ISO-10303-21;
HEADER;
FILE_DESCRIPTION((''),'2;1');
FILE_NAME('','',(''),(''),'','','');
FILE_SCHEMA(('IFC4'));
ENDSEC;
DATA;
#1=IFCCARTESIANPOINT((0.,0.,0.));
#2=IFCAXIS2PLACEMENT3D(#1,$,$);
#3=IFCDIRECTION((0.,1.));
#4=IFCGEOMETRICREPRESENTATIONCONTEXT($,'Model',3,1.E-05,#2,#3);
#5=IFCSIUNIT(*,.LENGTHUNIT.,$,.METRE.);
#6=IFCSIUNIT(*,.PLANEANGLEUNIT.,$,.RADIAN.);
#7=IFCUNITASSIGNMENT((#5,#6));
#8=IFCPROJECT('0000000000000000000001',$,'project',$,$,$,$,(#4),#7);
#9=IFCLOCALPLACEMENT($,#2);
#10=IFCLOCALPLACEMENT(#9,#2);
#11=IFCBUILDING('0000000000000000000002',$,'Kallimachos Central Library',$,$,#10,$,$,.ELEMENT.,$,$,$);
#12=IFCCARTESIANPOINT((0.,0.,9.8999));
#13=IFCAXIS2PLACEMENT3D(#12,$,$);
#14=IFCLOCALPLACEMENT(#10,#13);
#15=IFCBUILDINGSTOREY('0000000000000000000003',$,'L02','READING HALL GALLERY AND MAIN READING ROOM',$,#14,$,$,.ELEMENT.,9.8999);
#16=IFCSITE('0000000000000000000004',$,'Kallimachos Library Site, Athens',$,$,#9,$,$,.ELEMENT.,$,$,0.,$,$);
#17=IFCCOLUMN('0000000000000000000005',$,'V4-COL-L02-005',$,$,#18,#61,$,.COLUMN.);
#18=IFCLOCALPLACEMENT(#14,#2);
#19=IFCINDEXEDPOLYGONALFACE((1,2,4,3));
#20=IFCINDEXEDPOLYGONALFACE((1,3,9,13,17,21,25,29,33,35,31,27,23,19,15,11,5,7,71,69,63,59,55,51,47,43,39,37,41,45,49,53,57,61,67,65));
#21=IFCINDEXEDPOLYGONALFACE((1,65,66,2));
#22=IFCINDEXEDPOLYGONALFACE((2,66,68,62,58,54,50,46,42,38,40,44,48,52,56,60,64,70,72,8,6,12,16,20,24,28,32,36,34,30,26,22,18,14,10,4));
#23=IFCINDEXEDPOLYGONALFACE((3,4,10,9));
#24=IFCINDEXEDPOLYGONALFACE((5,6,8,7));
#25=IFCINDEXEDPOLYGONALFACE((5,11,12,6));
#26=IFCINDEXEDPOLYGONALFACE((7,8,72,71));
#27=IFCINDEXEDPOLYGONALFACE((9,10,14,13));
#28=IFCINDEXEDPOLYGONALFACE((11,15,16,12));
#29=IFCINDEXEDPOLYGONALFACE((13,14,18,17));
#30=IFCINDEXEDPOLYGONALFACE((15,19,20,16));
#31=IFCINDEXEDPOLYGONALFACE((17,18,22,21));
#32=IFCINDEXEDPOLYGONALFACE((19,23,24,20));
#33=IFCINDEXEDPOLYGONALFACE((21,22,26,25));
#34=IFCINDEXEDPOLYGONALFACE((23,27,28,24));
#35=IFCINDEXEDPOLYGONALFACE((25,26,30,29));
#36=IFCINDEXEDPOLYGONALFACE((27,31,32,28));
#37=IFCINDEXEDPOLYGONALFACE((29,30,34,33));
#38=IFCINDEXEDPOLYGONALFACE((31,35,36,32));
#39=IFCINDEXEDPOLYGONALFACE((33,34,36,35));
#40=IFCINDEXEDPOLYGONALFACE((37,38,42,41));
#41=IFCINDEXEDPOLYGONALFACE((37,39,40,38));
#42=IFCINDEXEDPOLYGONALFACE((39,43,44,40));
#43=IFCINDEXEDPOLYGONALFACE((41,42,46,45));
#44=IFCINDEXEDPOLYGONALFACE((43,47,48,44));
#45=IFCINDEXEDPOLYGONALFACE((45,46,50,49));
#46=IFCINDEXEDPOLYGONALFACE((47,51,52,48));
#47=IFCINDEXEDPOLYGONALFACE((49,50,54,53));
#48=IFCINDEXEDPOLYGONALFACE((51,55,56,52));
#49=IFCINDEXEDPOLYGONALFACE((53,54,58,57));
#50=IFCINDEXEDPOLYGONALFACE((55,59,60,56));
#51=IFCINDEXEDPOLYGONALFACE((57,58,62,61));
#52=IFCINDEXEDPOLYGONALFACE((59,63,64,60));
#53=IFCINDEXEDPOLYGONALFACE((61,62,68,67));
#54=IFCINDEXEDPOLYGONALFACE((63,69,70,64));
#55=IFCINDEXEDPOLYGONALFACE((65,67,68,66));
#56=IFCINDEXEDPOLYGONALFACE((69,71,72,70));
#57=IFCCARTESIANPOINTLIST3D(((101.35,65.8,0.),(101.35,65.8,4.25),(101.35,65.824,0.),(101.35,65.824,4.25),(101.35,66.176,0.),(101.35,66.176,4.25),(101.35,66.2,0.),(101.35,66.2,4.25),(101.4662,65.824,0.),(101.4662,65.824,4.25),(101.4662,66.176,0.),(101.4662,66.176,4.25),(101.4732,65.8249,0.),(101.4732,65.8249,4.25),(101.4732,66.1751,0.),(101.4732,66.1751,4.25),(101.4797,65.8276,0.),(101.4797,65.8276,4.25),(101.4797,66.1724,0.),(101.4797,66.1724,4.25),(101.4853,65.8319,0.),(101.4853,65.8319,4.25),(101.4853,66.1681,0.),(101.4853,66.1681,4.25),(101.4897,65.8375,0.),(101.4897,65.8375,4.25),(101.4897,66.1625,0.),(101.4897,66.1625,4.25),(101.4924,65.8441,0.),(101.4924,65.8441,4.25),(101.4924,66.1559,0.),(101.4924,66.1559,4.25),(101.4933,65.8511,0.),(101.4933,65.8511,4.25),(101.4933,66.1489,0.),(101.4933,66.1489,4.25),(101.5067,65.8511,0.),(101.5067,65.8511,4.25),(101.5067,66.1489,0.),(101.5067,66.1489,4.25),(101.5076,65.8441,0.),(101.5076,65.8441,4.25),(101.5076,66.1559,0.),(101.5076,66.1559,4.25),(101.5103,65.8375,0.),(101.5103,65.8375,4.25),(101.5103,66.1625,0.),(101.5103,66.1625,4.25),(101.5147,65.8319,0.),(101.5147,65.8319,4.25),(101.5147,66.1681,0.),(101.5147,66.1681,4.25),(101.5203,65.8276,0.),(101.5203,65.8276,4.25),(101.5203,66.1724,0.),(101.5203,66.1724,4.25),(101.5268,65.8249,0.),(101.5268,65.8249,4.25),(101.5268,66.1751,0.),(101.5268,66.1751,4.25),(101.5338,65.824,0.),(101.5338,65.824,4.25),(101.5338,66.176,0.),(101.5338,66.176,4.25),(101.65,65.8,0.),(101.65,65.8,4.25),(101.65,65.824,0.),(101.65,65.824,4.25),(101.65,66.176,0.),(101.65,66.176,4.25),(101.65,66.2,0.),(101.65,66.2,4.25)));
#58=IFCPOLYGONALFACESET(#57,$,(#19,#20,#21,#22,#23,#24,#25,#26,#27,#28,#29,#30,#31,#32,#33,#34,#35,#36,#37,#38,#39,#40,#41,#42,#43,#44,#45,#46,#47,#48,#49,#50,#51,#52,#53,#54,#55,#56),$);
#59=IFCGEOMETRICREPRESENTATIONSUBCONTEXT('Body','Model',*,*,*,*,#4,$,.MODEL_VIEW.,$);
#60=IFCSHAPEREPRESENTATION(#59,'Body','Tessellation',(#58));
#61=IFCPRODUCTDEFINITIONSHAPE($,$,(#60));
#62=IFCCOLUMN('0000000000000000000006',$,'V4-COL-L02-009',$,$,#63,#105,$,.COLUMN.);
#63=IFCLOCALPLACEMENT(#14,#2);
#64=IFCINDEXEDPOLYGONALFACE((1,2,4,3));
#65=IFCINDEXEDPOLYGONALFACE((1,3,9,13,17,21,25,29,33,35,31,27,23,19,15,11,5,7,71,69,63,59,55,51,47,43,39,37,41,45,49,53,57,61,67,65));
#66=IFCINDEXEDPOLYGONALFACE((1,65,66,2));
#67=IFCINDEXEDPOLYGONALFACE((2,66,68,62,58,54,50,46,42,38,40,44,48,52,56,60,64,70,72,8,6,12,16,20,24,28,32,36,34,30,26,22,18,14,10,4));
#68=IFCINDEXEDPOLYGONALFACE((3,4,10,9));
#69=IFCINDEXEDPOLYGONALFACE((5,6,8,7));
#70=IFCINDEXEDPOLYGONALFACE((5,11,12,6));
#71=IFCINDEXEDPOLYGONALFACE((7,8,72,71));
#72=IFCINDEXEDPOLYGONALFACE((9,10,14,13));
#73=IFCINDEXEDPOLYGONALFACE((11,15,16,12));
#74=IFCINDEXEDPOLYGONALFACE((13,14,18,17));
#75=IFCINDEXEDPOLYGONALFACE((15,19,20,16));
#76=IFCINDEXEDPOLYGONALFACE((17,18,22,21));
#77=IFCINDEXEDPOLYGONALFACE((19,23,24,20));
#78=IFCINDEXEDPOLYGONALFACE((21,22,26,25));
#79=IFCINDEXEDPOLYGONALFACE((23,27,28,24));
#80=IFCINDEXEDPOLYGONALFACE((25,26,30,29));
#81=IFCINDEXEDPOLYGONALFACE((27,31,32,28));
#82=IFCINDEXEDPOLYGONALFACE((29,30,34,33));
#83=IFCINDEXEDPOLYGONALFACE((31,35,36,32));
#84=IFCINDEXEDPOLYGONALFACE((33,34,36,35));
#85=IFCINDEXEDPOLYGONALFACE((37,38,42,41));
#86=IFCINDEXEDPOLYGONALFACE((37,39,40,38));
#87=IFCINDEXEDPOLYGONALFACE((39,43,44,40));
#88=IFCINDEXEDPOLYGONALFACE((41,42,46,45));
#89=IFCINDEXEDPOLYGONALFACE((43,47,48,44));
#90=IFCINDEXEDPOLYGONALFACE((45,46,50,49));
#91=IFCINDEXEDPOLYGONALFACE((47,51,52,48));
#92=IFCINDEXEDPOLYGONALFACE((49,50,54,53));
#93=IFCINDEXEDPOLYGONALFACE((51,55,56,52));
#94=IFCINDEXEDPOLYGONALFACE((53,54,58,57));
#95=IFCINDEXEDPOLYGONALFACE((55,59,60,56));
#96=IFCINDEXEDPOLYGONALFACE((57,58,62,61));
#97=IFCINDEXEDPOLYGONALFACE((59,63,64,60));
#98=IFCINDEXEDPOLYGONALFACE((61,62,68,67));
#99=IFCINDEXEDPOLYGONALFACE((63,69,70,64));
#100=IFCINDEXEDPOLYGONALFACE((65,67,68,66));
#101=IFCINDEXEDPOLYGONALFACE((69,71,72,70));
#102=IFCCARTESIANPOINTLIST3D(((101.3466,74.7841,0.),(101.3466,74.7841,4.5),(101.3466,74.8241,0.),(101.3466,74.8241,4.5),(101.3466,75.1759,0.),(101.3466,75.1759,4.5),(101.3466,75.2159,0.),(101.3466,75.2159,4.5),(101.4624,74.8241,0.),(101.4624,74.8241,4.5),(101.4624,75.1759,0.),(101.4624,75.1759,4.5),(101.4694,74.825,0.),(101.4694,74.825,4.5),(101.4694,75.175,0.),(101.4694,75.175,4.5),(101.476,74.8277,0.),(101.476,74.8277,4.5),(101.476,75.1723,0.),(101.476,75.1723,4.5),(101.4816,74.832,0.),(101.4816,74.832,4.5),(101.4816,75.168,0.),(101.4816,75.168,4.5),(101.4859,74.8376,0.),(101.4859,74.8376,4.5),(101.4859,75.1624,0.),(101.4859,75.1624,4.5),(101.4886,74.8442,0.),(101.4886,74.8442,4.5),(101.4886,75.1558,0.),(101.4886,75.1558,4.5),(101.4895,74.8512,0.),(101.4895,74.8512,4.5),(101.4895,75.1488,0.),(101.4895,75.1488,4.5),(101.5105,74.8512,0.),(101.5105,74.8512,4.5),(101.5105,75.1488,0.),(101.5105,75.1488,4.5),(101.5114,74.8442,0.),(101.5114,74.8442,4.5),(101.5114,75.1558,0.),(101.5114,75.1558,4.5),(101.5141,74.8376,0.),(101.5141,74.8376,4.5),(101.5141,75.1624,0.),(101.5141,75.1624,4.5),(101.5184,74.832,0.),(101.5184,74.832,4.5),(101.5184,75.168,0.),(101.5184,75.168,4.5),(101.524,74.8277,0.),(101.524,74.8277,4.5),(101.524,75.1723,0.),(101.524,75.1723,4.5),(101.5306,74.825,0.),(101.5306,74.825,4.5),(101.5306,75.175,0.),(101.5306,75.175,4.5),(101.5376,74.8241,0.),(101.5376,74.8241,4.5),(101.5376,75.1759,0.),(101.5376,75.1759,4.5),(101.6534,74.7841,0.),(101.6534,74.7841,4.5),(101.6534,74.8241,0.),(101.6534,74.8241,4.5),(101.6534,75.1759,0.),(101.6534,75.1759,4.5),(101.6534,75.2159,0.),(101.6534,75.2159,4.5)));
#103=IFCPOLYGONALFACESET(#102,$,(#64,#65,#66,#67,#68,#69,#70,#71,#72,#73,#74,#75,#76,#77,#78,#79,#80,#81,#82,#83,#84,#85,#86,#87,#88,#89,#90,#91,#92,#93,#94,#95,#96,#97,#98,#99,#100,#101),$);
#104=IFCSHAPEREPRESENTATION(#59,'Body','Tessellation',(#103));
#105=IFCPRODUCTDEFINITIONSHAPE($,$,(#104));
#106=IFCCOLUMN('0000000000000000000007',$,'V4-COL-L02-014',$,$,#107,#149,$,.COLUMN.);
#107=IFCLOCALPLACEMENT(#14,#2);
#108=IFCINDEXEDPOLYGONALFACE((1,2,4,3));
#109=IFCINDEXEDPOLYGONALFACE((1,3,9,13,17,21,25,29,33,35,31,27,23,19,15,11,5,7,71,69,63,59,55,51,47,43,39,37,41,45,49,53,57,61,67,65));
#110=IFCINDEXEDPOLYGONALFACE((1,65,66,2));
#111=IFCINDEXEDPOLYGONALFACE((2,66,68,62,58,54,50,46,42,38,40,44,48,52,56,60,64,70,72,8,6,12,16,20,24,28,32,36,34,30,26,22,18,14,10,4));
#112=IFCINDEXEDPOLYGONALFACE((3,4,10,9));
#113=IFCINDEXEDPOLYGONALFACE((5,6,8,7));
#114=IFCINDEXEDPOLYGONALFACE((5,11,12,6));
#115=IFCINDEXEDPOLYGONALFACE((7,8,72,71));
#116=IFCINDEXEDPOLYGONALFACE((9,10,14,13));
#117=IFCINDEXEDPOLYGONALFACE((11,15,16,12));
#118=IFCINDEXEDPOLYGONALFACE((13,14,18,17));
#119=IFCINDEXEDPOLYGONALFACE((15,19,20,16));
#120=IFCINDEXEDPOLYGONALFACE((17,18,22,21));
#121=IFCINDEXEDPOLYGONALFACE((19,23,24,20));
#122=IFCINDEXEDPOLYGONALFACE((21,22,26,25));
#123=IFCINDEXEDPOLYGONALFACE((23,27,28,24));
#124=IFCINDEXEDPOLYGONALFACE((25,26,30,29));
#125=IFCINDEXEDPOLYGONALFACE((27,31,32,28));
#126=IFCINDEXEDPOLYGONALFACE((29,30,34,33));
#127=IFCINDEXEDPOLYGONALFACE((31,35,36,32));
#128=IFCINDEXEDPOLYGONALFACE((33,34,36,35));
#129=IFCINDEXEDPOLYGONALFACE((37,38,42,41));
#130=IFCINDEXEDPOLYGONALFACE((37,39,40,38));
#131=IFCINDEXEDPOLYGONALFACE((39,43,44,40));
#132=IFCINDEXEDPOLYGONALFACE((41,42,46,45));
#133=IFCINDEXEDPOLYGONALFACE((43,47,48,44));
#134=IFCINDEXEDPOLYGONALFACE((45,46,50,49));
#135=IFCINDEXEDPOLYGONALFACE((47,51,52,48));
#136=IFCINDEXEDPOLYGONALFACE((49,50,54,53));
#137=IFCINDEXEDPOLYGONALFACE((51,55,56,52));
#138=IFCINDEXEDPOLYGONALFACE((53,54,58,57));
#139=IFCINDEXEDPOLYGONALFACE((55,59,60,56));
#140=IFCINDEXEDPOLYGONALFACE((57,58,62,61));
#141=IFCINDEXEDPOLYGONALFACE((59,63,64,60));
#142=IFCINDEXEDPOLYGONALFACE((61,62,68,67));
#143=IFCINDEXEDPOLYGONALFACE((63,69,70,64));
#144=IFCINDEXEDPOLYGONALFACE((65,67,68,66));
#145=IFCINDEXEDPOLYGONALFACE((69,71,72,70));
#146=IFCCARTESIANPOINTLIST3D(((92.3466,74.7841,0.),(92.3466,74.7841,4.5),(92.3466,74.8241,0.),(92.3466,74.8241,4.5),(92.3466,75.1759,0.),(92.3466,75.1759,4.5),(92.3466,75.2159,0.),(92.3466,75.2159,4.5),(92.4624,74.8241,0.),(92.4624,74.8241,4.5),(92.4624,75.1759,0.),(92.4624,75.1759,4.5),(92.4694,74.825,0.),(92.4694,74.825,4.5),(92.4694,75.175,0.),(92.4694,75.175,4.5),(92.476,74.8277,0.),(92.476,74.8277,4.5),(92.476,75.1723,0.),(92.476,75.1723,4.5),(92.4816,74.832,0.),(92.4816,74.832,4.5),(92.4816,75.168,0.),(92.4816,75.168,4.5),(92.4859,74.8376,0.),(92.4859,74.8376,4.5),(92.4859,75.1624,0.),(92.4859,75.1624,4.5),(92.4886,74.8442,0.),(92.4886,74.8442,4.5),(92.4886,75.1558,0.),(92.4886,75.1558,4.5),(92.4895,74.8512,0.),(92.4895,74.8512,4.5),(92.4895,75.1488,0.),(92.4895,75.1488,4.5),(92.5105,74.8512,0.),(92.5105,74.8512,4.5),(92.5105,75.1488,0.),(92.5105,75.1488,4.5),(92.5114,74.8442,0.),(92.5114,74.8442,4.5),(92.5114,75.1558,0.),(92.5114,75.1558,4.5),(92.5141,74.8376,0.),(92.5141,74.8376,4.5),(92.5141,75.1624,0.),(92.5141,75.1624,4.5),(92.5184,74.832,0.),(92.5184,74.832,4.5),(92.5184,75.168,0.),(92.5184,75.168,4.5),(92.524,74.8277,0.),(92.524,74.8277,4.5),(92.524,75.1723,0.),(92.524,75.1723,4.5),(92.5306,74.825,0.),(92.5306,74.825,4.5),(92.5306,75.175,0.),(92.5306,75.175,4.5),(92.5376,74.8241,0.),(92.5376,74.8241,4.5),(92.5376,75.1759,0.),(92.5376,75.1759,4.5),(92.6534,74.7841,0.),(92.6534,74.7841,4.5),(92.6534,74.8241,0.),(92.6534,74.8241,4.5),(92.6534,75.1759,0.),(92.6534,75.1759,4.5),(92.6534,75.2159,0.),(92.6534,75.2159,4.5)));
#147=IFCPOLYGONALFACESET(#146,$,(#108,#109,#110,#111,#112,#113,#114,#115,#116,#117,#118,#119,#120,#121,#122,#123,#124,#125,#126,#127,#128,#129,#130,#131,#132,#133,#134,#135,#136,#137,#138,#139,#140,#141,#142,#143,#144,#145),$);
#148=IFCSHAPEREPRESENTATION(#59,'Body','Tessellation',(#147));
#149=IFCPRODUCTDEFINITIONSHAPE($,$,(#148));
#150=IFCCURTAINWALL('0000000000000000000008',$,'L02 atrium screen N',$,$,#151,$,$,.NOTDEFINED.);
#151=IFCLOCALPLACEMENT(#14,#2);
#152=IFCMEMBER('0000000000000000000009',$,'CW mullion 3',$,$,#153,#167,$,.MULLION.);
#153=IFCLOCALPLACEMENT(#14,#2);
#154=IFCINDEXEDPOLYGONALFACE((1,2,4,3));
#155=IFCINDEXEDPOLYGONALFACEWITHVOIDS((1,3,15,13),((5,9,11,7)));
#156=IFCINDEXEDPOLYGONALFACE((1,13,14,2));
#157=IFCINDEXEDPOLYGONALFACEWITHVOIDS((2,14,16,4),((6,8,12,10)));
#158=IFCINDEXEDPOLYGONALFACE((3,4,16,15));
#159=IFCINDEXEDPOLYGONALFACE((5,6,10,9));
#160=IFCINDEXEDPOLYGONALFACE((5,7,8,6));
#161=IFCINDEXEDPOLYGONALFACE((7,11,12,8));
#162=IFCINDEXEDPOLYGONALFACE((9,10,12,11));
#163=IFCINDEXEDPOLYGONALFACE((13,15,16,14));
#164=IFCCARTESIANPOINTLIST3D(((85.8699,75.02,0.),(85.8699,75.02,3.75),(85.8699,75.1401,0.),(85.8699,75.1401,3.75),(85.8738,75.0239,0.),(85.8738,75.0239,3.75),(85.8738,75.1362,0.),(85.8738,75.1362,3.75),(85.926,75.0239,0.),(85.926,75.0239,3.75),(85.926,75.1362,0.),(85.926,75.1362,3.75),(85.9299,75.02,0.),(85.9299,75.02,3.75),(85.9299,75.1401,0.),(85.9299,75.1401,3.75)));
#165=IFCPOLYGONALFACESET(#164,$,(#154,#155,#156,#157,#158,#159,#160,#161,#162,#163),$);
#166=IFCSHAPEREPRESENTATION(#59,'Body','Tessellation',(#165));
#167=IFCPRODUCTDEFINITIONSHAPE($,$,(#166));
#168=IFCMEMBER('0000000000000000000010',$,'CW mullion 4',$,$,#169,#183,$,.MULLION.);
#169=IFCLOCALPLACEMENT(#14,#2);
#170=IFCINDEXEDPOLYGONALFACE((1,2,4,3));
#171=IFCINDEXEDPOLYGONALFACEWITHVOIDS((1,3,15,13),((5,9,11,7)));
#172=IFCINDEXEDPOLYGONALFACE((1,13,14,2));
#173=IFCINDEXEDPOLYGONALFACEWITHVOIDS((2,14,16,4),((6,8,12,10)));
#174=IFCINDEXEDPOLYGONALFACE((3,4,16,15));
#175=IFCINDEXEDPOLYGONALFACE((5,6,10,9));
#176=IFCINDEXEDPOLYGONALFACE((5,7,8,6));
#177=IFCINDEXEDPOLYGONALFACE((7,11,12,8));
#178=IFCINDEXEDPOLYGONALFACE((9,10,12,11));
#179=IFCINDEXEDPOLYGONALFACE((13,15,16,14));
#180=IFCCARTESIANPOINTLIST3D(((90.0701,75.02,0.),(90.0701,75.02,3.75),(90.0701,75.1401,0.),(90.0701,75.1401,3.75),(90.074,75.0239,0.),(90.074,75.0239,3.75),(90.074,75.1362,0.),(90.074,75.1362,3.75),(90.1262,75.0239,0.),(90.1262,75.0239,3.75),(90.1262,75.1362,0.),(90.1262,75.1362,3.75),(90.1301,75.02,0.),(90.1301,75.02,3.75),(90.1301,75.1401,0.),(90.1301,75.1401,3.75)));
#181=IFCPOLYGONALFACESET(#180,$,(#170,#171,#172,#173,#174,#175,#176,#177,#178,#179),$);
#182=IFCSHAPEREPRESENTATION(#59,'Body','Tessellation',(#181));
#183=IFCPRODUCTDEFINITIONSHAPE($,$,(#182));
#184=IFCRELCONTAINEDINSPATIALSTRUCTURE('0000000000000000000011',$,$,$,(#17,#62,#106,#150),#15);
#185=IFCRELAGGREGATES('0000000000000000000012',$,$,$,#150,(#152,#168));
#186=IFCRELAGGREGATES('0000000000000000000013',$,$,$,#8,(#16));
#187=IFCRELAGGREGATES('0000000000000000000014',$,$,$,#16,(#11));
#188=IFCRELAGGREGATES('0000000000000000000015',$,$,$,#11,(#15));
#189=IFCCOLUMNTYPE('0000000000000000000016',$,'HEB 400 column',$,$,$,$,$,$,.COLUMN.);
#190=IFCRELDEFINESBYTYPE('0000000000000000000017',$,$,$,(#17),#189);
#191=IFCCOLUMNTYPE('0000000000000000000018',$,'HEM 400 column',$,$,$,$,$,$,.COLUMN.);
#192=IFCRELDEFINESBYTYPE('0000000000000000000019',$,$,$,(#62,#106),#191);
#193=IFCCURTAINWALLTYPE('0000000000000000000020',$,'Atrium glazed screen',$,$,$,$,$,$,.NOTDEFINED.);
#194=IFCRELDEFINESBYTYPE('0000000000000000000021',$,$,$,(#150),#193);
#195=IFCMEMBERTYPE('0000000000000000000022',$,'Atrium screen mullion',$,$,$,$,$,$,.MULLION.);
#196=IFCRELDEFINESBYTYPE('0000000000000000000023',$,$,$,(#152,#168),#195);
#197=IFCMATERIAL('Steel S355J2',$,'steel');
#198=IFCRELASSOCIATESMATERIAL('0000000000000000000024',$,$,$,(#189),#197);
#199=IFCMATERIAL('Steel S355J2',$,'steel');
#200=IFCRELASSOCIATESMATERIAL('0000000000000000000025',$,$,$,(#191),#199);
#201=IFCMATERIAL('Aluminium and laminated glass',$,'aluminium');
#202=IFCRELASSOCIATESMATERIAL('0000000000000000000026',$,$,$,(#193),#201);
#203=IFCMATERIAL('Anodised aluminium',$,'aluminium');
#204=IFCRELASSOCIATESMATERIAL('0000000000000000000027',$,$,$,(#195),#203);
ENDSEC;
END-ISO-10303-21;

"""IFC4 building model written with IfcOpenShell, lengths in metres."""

from ifc_helpers import new_model, si_unit, direction, frame, origin, origin_2d, place, context, subcontext, project, spatial, hollow_rectangle, i_section, extrude, material, material_profile, profile_set, type_object, element, aggregate, save


model = new_model("IFC4")

# Units and contexts
model_context = context("Model", 3, precision=1e-05, world=origin(), true_north=direction((0.0, 1.0)))
body_context = subcontext(model_context, "Body", "Model", "MODEL_VIEW")
ifc_project = project(units=[si_unit("LENGTHUNIT", "METRE"), si_unit("PLANEANGLEUNIT", "RADIAN")], contexts=[model_context])

# Site, building, storey
site_placement = place(None, origin())
site = spatial("IfcSite", under=ifc_project, at=site_placement, Name="Kallimachos Library Site, Athens", CompositionType="ELEMENT", RefElevation=0.0)
building_placement = place(site_placement, origin())
building = spatial("IfcBuilding", under=site, at=building_placement, Name="Kallimachos Central Library", CompositionType="ELEMENT")
storey_placement = place(building_placement, frame((0.0, 0.0, 9.8999)))
storey = spatial("IfcBuildingStorey", under=building, at=storey_placement, Name="L02", Description="READING HALL GALLERY AND MAIN READING ROOM", CompositionType="ELEMENT", Elevation=9.8999)

# Columns
ifc_material_1 = material(Name="Steel S355J2", Category="steel")
ifc_material_profile_1 = material_profile(ifc_material_1, i_section(OverallWidth=0.3, OverallDepth=0.3999, WebThickness=0.0134, FlangeThickness=0.0239, FilletRadius=0.0271, at=origin_2d()), Name="HEB 400")
ifc_profile_set_1 = profile_set([ifc_material_profile_1], Name="Steel S355J2")
column_type_1 = type_object("IfcColumnType", Name="HEB 400 column", PredefinedType="COLUMN", material=ifc_profile_set_1)
column_placement = place(storey_placement, frame((101.5, 66.0, 0.0), z_axis=(0.0, 0.0, 1.0), x_axis=(1.0, 0.0, 0.0)))
element("IfcColumn", 1, at=column_placement, inside=storey, type_object=column_type_1, Name="V4-COL-L02-005", PredefinedType="COLUMN", context=body_context, shape_type="SweptSolid", body=[
    extrude(i_section(OverallWidth=0.3, OverallDepth=0.3999, WebThickness=0.0134, FlangeThickness=0.0239, FilletRadius=0.0271, at=origin_2d()), origin(), (0.0, 0.0, 1.0), 4.25),
])
ifc_material_2 = material(Name="Steel S355J2", Category="steel")
ifc_material_profile_2 = material_profile(ifc_material_2, i_section(OverallWidth=0.3069, OverallDepth=0.4319, WebThickness=0.021, FlangeThickness=0.04, FilletRadius=0.0271, at=origin_2d()), Name="HEM 400")
ifc_profile_set_2 = profile_set([ifc_material_profile_2], Name="Steel S355J2")
column_type_2 = type_object("IfcColumnType", Name="HEM 400 column", PredefinedType="COLUMN", material=ifc_profile_set_2)
for number, where, z_axis, x_axis, name in (
    (2, (101.5, 75.0, 0.0), (0.0, 0.0, 1.0), (1.0, 0.0, 0.0), "V4-COL-L02-009"),
    (3, (92.5, 75.0, 0.0), (0.0, 0.0, 1.0), (1.0, 0.0, 0.0), "V4-COL-L02-014"),
):
    element("IfcColumn", number, at=place(storey_placement, frame(where, z_axis=z_axis, x_axis=x_axis)), inside=storey, type_object=column_type_2, Name=name, PredefinedType="COLUMN", context=body_context, shape_type="SweptSolid", body=[
        extrude(i_section(OverallWidth=0.3069, OverallDepth=0.4319, WebThickness=0.021, FlangeThickness=0.04, FilletRadius=0.0271, at=origin_2d()), origin(), (0.0, 0.0, 1.0), 4.5),
    ])

# Curtain wall, members
ifc_material_3 = material(Name="Aluminium and laminated glass", Category="aluminium")
curtain_wall_type = type_object("IfcCurtainWallType", Name="Atrium glazed screen", PredefinedType="NOTDEFINED", material=ifc_material_3)
curtain_wall_1_placement = place(storey_placement, origin())
curtain_wall_1 = element("IfcCurtainWall", 4, at=curtain_wall_1_placement, inside=storey, type_object=curtain_wall_type, Name="L02 atrium screen N", PredefinedType="NOTDEFINED")
ifc_material_4 = material(Name="Anodised aluminium", Category="aluminium")
ifc_material_profile_3 = material_profile(ifc_material_4, hollow_rectangle(XDim=0.0601, YDim=0.1201, WallThickness=0.0039, at=origin_2d()), Name="ALU MULLION 60x120")
ifc_profile_set_3 = profile_set([ifc_material_profile_3], Name="Anodised aluminium")
member_type_1 = type_object("IfcMemberType", Name="Atrium screen mullion", PredefinedType="MULLION", material=ifc_profile_set_3)
member_1_placement = place(storey_placement, frame((85.8999, 75.0801, 0.0), z_axis=(0.0, 0.0, 1.0), x_axis=(1.0, 0.0, 0.0)))
member_1 = element("IfcMember", 5, at=member_1_placement, type_object=member_type_1, Name="CW mullion 3", PredefinedType="MULLION", context=body_context, shape_type="SweptSolid", body=[
    extrude(hollow_rectangle(XDim=0.0601, YDim=0.1201, WallThickness=0.0039, at=origin_2d()), origin(), (0.0, 0.0, 1.0), 3.75),
])
member_2_placement = place(storey_placement, frame((90.1001, 75.0801, 0.0), z_axis=(0.0, 0.0, 1.0), x_axis=(1.0, 0.0, 0.0)))
member_2 = element("IfcMember", 6, at=member_2_placement, type_object=member_type_1, Name="CW mullion 4", PredefinedType="MULLION", context=body_context, shape_type="SweptSolid", body=[
    extrude(hollow_rectangle(XDim=0.0601, YDim=0.1201, WallThickness=0.0039, at=origin_2d()), origin(), (0.0, 0.0, 1.0), 3.75),
])

aggregate(curtain_wall_1, [member_1, member_2])

save(model, "model.ifc")
